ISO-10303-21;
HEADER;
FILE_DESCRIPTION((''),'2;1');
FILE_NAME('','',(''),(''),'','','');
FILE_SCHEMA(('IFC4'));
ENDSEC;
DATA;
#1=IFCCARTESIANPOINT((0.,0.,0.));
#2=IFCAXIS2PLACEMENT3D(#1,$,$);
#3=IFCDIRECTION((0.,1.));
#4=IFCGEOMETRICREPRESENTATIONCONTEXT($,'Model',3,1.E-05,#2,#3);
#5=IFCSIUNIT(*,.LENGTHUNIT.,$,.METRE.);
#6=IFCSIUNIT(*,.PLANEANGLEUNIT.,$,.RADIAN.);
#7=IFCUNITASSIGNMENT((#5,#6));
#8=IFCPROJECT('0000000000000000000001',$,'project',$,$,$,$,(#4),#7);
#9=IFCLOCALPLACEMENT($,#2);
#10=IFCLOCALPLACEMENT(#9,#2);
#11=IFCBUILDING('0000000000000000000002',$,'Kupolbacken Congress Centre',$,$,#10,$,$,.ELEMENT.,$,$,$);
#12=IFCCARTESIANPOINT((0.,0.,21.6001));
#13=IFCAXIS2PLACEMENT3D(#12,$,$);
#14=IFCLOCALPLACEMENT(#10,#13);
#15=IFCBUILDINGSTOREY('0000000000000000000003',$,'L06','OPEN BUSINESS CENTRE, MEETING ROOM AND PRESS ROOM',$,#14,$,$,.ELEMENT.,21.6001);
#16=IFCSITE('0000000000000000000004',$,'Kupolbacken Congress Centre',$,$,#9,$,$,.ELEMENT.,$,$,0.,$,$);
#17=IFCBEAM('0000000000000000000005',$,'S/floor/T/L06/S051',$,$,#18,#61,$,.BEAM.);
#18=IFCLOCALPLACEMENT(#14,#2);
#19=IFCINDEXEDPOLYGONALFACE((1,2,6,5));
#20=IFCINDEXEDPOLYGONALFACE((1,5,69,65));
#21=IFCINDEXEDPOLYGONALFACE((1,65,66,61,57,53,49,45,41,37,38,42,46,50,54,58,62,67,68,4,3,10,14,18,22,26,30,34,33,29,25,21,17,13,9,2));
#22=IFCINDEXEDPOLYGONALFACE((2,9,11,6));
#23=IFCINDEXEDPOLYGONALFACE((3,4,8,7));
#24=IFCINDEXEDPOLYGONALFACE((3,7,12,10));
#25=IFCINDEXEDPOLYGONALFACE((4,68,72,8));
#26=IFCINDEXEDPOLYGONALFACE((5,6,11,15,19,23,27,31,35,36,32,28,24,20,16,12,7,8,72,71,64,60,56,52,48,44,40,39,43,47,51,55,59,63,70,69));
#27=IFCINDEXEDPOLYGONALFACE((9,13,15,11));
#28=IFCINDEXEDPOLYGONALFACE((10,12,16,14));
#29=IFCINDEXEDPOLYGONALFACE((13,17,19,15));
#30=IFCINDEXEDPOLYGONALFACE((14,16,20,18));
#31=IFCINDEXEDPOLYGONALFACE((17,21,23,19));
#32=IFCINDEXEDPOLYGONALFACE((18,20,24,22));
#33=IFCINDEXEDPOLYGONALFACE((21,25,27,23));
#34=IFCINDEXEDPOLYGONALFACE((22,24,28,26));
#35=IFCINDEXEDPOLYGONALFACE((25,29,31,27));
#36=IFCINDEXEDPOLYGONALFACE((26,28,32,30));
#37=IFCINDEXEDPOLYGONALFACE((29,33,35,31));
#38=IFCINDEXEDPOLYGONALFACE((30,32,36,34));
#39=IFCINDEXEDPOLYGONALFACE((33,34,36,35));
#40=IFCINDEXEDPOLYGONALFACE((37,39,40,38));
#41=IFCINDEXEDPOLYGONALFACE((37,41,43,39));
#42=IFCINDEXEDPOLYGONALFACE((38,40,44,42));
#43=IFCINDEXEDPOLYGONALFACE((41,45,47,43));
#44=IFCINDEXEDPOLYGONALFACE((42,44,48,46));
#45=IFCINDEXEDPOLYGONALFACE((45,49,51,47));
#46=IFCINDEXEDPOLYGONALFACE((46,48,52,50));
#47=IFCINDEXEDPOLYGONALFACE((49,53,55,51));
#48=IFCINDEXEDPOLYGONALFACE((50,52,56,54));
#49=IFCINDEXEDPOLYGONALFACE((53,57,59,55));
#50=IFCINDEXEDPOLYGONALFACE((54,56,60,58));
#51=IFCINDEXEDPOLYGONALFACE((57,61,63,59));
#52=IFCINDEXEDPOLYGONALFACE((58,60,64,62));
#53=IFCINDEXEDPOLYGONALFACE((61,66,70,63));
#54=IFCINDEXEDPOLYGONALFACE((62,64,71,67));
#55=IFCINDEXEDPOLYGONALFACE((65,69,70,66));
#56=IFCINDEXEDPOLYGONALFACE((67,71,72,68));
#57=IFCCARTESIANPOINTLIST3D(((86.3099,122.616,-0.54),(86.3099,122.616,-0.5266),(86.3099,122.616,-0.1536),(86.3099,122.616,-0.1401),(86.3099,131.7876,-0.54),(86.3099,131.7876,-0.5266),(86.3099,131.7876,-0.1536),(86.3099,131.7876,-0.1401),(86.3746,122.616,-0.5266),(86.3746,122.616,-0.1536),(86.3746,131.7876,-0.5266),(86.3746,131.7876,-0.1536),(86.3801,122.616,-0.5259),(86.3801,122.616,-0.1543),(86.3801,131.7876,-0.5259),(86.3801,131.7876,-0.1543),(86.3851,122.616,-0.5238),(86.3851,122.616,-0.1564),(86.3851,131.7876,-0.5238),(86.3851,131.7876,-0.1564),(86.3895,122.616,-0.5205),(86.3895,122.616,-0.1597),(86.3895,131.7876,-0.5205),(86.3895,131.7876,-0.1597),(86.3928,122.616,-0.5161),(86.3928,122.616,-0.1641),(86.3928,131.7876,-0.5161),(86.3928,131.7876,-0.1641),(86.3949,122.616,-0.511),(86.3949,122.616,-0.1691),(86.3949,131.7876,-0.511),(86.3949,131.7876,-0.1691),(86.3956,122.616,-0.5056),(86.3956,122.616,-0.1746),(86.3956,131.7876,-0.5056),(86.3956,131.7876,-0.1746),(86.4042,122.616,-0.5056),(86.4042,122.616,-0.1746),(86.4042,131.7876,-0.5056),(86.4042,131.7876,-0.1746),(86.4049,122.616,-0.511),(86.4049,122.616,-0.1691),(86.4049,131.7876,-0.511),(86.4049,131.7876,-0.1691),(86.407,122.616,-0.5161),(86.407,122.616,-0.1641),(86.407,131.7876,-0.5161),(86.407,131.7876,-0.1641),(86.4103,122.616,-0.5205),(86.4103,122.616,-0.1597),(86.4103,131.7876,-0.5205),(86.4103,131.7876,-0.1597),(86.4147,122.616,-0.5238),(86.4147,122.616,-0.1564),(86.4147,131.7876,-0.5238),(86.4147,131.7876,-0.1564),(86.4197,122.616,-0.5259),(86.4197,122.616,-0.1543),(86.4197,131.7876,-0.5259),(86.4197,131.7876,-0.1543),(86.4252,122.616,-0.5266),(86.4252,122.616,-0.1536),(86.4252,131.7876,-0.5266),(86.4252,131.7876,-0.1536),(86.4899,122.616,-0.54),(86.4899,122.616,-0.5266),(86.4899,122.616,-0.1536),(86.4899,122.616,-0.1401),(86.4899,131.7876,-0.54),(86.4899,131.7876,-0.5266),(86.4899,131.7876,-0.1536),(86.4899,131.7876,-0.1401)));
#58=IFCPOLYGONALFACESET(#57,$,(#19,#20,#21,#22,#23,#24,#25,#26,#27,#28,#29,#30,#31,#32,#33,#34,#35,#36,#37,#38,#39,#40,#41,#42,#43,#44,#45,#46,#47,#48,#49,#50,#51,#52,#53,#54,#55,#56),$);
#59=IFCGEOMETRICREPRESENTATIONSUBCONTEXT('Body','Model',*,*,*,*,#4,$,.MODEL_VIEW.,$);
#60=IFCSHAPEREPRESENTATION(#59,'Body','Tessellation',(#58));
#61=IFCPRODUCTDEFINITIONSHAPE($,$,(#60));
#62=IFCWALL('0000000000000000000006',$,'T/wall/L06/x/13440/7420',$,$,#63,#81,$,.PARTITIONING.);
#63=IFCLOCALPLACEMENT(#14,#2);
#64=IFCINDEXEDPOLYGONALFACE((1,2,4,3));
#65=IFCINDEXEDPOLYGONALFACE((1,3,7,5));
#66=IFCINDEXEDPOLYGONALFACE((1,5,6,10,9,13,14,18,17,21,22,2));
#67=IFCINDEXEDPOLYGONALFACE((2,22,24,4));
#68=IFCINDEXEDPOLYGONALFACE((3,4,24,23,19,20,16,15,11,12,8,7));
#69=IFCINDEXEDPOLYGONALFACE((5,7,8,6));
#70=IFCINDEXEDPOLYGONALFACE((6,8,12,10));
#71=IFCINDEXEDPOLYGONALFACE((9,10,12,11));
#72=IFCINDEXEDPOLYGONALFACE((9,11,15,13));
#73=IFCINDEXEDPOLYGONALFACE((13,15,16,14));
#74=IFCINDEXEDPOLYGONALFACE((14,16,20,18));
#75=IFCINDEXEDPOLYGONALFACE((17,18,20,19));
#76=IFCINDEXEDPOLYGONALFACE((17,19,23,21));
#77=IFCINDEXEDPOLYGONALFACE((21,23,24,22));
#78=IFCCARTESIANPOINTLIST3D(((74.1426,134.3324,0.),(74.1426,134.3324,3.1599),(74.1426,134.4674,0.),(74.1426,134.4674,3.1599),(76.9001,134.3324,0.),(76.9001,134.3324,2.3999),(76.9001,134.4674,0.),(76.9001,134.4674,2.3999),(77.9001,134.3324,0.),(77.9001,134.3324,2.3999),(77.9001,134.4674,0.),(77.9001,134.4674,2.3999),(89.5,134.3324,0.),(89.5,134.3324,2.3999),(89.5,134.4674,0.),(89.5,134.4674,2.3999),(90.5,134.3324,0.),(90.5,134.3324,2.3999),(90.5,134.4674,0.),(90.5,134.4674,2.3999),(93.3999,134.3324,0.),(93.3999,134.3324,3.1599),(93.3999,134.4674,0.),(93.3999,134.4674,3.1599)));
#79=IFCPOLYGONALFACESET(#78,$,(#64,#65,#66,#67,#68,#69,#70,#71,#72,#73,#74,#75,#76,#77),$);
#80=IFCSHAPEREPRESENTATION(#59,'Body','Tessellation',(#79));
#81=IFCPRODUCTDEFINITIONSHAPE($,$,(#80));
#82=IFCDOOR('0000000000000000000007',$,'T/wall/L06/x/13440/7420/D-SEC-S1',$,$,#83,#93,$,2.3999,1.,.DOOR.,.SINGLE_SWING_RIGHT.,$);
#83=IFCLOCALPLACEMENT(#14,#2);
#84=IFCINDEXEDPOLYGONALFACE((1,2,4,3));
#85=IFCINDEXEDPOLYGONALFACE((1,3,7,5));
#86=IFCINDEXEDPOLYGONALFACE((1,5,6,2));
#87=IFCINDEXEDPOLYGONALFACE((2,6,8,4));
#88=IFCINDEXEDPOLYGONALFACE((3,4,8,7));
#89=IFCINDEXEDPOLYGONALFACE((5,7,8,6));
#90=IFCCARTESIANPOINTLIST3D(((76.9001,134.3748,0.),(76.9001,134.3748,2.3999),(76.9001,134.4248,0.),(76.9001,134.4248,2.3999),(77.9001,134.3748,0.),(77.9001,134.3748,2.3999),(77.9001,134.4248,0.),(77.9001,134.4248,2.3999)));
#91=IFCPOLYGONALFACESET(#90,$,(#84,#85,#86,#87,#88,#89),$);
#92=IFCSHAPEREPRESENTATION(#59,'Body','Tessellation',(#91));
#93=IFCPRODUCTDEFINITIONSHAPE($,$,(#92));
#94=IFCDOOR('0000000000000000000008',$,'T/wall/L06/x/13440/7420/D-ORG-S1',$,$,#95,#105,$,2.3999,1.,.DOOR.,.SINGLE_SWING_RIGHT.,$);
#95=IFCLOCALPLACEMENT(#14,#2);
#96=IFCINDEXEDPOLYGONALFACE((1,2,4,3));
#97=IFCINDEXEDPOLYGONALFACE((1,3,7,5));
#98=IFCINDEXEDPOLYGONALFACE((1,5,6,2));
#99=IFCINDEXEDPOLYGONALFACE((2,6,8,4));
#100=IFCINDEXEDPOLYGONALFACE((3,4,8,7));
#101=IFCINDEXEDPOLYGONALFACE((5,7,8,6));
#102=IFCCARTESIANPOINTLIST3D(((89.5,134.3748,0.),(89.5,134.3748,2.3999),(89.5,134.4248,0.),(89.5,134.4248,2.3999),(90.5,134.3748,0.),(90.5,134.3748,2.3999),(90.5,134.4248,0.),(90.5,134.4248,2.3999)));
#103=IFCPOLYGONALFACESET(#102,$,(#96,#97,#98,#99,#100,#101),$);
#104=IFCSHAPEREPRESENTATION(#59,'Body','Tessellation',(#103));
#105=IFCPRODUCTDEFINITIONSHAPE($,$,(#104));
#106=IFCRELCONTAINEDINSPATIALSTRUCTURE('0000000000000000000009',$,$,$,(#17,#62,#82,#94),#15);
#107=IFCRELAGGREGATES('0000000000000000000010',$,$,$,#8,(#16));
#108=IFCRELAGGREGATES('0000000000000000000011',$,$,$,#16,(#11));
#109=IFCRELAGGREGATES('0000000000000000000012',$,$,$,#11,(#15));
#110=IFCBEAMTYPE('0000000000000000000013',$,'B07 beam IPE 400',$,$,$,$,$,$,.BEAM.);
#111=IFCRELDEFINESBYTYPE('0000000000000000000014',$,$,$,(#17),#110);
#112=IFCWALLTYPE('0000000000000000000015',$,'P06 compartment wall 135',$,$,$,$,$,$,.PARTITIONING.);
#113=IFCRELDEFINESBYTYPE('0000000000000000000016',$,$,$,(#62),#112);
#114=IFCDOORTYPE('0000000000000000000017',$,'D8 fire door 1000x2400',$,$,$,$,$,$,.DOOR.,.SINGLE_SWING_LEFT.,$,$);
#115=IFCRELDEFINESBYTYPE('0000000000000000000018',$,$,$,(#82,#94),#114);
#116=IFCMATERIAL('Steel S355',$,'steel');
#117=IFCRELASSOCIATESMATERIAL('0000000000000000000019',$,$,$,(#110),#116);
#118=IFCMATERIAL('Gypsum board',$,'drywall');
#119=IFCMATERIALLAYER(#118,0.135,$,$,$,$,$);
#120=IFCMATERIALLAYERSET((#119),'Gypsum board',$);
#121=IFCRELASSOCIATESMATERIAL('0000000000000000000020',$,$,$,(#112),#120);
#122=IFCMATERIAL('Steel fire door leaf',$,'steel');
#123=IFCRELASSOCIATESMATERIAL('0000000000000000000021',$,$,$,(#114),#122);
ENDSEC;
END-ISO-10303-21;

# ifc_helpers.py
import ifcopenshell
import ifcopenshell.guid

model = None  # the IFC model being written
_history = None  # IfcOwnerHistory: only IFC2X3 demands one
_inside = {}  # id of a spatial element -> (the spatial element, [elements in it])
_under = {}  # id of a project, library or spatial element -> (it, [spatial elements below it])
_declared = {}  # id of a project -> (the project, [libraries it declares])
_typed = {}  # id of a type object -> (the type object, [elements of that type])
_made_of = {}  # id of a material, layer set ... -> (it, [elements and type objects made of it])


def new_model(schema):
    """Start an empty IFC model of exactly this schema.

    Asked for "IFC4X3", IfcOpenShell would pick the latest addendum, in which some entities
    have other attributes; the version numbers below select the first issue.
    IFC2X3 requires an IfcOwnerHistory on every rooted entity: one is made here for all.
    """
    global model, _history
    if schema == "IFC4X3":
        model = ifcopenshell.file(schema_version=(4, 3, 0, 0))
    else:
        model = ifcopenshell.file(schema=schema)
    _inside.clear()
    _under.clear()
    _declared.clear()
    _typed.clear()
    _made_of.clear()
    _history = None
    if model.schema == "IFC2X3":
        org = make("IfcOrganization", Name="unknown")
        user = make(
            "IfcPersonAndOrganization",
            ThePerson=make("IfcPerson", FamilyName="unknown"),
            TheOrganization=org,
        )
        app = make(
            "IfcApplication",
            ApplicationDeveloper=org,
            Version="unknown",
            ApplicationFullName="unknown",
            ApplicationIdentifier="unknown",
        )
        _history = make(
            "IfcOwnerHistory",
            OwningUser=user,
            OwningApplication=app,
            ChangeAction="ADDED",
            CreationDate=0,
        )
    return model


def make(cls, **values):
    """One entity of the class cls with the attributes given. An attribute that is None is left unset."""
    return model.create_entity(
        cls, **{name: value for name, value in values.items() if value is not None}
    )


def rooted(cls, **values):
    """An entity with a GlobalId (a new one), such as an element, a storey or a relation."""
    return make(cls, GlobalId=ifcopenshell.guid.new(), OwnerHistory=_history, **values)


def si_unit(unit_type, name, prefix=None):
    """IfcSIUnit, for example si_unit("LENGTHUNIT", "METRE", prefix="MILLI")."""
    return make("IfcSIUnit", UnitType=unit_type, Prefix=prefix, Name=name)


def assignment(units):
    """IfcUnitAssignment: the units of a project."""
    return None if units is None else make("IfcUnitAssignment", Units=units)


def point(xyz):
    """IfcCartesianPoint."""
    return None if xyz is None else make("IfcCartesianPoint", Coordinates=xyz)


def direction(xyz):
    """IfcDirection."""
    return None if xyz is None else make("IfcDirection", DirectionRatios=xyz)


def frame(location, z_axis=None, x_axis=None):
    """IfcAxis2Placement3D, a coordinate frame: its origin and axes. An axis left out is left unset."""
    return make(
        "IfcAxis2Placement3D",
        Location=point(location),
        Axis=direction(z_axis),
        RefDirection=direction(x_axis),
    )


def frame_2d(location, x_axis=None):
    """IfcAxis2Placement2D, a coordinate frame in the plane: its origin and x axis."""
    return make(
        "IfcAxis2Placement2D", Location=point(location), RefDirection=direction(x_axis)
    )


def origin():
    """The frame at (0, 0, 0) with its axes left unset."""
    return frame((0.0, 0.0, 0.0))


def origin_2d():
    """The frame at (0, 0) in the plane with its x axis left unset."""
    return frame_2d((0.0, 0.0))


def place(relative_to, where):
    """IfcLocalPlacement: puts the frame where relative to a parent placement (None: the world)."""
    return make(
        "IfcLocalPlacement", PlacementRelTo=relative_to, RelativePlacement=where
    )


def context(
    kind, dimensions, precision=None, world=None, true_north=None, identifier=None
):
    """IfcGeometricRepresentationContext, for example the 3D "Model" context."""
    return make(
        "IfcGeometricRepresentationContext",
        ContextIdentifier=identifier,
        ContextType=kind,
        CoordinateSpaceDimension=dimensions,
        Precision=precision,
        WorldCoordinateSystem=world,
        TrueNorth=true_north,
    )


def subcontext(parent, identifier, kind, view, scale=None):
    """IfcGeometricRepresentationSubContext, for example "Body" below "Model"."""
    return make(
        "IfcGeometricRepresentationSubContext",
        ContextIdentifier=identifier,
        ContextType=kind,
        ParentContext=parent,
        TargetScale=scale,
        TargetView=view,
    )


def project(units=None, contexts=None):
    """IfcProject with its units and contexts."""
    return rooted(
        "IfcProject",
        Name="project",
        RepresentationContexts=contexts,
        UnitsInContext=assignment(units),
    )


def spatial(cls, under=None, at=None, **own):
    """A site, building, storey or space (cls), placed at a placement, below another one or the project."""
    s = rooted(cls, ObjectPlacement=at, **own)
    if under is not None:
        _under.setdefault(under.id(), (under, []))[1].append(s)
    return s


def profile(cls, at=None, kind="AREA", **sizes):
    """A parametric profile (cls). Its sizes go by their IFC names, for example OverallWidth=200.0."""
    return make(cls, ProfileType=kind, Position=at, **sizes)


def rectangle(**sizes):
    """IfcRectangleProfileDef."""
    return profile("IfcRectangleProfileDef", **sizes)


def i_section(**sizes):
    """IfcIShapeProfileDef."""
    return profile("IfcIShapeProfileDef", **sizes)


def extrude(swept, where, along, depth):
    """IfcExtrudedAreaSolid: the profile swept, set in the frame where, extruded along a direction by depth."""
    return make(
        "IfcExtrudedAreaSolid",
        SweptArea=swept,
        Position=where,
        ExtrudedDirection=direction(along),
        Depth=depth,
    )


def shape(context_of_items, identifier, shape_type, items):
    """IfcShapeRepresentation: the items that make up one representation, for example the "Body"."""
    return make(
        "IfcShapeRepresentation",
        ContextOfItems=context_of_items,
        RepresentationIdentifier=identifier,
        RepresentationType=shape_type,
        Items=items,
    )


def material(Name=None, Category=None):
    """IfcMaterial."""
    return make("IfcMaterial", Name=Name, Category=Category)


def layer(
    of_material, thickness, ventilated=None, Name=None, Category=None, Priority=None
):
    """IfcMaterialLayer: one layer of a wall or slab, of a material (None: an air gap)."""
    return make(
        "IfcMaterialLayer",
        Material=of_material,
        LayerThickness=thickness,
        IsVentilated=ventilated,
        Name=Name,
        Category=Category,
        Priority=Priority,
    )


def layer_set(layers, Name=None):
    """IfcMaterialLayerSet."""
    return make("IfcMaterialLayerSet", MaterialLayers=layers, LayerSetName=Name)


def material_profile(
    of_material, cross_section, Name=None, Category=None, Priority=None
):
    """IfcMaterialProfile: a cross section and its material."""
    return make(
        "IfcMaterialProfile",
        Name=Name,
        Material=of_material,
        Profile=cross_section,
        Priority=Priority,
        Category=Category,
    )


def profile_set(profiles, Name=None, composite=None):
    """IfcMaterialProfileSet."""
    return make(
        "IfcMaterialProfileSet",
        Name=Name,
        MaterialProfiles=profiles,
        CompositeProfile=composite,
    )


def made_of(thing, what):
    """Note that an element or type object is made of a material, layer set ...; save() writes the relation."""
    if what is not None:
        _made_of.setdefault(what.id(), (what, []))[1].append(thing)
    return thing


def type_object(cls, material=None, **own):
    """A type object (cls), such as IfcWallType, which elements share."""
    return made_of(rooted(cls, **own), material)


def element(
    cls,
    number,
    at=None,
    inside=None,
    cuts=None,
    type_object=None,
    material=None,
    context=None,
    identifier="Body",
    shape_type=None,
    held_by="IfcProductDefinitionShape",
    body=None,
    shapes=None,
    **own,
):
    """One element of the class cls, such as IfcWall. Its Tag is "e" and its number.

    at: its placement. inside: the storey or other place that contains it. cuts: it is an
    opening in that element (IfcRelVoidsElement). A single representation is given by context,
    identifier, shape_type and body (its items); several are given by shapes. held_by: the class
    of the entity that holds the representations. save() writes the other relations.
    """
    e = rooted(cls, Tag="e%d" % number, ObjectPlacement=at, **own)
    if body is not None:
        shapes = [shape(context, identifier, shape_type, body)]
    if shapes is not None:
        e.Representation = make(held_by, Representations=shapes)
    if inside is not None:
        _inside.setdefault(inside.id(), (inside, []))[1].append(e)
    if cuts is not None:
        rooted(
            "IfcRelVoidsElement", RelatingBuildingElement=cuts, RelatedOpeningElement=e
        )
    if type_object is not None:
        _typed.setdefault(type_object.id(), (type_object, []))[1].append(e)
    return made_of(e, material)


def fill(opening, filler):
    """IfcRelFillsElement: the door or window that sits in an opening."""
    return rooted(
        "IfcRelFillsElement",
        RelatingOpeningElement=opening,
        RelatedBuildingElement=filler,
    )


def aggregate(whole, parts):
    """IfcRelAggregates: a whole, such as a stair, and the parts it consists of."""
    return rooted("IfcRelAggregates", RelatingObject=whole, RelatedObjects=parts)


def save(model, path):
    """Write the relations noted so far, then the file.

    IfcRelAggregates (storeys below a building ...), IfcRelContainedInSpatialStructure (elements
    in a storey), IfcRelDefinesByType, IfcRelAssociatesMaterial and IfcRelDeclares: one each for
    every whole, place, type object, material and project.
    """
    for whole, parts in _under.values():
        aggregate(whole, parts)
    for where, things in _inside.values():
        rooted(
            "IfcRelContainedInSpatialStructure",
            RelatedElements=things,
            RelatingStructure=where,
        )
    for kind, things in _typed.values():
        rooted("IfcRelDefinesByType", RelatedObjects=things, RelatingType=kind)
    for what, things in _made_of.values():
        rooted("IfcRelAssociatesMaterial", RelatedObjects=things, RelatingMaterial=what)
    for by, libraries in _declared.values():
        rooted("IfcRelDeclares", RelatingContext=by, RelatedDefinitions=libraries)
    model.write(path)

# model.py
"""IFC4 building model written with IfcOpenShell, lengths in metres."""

from ifc_helpers import new_model, si_unit, direction, frame, frame_2d, origin, origin_2d, place, context, subcontext, project, spatial, rectangle, i_section, extrude, material, layer, layer_set, material_profile, profile_set, type_object, element, fill, save


model = new_model("IFC4")

# Units and contexts
model_context = context("Model", 3, precision=1e-05, world=origin(), true_north=direction((0.0, 1.0)))
body_context = subcontext(model_context, "Body", "Model", "MODEL_VIEW")
ifc_project = project(units=[si_unit("LENGTHUNIT", "METRE"), si_unit("PLANEANGLEUNIT", "RADIAN")], contexts=[model_context])

# Site, building, storey
site_placement = place(None, origin())
site = spatial("IfcSite", under=ifc_project, at=site_placement, Name="Kupolbacken Congress Centre", CompositionType="ELEMENT", RefElevation=0.0)
building_placement = place(site_placement, origin())
building = spatial("IfcBuilding", under=site, at=building_placement, Name="Kupolbacken Congress Centre", CompositionType="ELEMENT")
storey_placement = place(building_placement, frame((0.0, 0.0, 21.6001)))
storey = spatial("IfcBuildingStorey", under=building, at=storey_placement, Name="L06", Description="OPEN BUSINESS CENTRE, MEETING ROOM AND PRESS ROOM", CompositionType="ELEMENT", Elevation=21.6001)

# Beam
ifc_material_1 = material(Name="Steel S355", Category="steel")
ifc_material_profile_1 = material_profile(ifc_material_1, i_section(OverallWidth=0.1799, OverallDepth=0.3999, WebThickness=0.0085, FlangeThickness=0.0134, FilletRadius=0.021, at=origin_2d()), Name="IPE 400")
ifc_profile_set_1 = profile_set([ifc_material_profile_1], Name="Steel S355")
beam_type_1 = type_object("IfcBeamType", Name="B07 beam IPE 400", PredefinedType="BEAM", material=ifc_profile_set_1)
for number, where, z_axis, x_axis, name in (
    (1, (86.3999, 122.616, -0.3401), (0.0, 1.0, 0.0), (-1.0, 0.0, 0.0), "S/floor/T/L06/S051"),
):
    element("IfcBeam", number, at=place(storey_placement, frame(where, z_axis=z_axis, x_axis=x_axis)), inside=storey, type_object=beam_type_1, Name=name, PredefinedType="BEAM", context=body_context, shape_type="SweptSolid", body=[
        extrude(i_section(OverallWidth=0.1799, OverallDepth=0.3999, WebThickness=0.0085, FlangeThickness=0.0134, FilletRadius=0.021, at=origin_2d()), origin(), (0.0, 0.0, 1.0), 9.1716),
    ])

# Wall, openings, doors
ifc_material_2 = material(Name="Gypsum board", Category="drywall")
ifc_layer = layer(ifc_material_2, 0.135)
ifc_layer_set = layer_set([ifc_layer], Name="Gypsum board")
wall_type = type_object("IfcWallType", Name="P06 compartment wall 135", PredefinedType="PARTITIONING", material=ifc_layer_set)
wall_placement = place(storey_placement, frame((74.1426, 134.3999, 0.0), z_axis=(0.0, 0.0, 1.0), x_axis=(1.0, 0.0, 0.0)))
wall = element("IfcWall", 2, at=wall_placement, inside=storey, type_object=wall_type, Name="T/wall/L06/x/13440/7420", PredefinedType="PARTITIONING", context=body_context, shape_type="SweptSolid", body=[
    extrude(rectangle(XDim=19.2573, YDim=0.135, at=frame_2d((9.6287, 0.0))), origin(), (0.0, 0.0, 1.0), 3.1599),
])
opening_1_placement = place(wall_placement, frame((2.7576, 0.0, 0.0)))
opening_1 = element("IfcOpeningElement", 3, at=opening_1_placement, cuts=wall, PredefinedType="OPENING", context=body_context, shape_type="SweptSolid", body=[
    extrude(rectangle(XDim=1.0, YDim=2.3999, at=frame_2d((0.5, 1.2))), frame((0.0, 0.0774, 0.0), z_axis=(0.0, -1.0, 0.0), x_axis=(1.0, 0.0, 0.0)), (0.0, 0.0, 1.0), 0.155),
])
opening_2_placement = place(wall_placement, frame((15.3574, 0.0, 0.0)))
opening_2 = element("IfcOpeningElement", 4, at=opening_2_placement, cuts=wall, PredefinedType="OPENING", context=body_context, shape_type="SweptSolid", body=[
    extrude(rectangle(XDim=1.0, YDim=2.3999, at=frame_2d((0.5, 1.2))), frame((0.0, 0.0774, 0.0), z_axis=(0.0, -1.0, 0.0), x_axis=(1.0, 0.0, 0.0)), (0.0, 0.0, 1.0), 0.155),
])
ifc_material_3 = material(Name="Steel fire door leaf", Category="steel")
door_type = type_object("IfcDoorType", Name="D8 fire door 1000x2400", OperationType="SINGLE_SWING_LEFT", PredefinedType="DOOR", material=ifc_material_3)
door_1_placement = place(opening_1_placement, origin())
door_1 = element("IfcDoor", 5, at=door_1_placement, inside=storey, type_object=door_type, Name="T/wall/L06/x/13440/7420/D-SEC-S1", OperationType="SINGLE_SWING_RIGHT", OverallHeight=2.3999, OverallWidth=1.0, PredefinedType="DOOR", context=body_context, shape_type="SweptSolid", body=[
    extrude(rectangle(XDim=1.0, YDim=2.3999, at=frame_2d((0.5, 1.2))), frame((0.0, 0.0249, 0.0), z_axis=(0.0, -1.0, 0.0), x_axis=(1.0, 0.0, 0.0)), (0.0, 0.0, 1.0), 0.05),
])
fill(opening_1, door_1)
door_2_placement = place(opening_2_placement, origin())
door_2 = element("IfcDoor", 6, at=door_2_placement, inside=storey, type_object=door_type, Name="T/wall/L06/x/13440/7420/D-ORG-S1", OperationType="SINGLE_SWING_RIGHT", OverallHeight=2.3999, OverallWidth=1.0, PredefinedType="DOOR", context=body_context, shape_type="SweptSolid", body=[
    extrude(rectangle(XDim=1.0, YDim=2.3999, at=frame_2d((0.5, 1.2))), frame((0.0, 0.0249, 0.0), z_axis=(0.0, -1.0, 0.0), x_axis=(1.0, 0.0, 0.0)), (0.0, 0.0, 1.0), 0.05),
])
fill(opening_2, door_2)

save(model, "model.ifc")
